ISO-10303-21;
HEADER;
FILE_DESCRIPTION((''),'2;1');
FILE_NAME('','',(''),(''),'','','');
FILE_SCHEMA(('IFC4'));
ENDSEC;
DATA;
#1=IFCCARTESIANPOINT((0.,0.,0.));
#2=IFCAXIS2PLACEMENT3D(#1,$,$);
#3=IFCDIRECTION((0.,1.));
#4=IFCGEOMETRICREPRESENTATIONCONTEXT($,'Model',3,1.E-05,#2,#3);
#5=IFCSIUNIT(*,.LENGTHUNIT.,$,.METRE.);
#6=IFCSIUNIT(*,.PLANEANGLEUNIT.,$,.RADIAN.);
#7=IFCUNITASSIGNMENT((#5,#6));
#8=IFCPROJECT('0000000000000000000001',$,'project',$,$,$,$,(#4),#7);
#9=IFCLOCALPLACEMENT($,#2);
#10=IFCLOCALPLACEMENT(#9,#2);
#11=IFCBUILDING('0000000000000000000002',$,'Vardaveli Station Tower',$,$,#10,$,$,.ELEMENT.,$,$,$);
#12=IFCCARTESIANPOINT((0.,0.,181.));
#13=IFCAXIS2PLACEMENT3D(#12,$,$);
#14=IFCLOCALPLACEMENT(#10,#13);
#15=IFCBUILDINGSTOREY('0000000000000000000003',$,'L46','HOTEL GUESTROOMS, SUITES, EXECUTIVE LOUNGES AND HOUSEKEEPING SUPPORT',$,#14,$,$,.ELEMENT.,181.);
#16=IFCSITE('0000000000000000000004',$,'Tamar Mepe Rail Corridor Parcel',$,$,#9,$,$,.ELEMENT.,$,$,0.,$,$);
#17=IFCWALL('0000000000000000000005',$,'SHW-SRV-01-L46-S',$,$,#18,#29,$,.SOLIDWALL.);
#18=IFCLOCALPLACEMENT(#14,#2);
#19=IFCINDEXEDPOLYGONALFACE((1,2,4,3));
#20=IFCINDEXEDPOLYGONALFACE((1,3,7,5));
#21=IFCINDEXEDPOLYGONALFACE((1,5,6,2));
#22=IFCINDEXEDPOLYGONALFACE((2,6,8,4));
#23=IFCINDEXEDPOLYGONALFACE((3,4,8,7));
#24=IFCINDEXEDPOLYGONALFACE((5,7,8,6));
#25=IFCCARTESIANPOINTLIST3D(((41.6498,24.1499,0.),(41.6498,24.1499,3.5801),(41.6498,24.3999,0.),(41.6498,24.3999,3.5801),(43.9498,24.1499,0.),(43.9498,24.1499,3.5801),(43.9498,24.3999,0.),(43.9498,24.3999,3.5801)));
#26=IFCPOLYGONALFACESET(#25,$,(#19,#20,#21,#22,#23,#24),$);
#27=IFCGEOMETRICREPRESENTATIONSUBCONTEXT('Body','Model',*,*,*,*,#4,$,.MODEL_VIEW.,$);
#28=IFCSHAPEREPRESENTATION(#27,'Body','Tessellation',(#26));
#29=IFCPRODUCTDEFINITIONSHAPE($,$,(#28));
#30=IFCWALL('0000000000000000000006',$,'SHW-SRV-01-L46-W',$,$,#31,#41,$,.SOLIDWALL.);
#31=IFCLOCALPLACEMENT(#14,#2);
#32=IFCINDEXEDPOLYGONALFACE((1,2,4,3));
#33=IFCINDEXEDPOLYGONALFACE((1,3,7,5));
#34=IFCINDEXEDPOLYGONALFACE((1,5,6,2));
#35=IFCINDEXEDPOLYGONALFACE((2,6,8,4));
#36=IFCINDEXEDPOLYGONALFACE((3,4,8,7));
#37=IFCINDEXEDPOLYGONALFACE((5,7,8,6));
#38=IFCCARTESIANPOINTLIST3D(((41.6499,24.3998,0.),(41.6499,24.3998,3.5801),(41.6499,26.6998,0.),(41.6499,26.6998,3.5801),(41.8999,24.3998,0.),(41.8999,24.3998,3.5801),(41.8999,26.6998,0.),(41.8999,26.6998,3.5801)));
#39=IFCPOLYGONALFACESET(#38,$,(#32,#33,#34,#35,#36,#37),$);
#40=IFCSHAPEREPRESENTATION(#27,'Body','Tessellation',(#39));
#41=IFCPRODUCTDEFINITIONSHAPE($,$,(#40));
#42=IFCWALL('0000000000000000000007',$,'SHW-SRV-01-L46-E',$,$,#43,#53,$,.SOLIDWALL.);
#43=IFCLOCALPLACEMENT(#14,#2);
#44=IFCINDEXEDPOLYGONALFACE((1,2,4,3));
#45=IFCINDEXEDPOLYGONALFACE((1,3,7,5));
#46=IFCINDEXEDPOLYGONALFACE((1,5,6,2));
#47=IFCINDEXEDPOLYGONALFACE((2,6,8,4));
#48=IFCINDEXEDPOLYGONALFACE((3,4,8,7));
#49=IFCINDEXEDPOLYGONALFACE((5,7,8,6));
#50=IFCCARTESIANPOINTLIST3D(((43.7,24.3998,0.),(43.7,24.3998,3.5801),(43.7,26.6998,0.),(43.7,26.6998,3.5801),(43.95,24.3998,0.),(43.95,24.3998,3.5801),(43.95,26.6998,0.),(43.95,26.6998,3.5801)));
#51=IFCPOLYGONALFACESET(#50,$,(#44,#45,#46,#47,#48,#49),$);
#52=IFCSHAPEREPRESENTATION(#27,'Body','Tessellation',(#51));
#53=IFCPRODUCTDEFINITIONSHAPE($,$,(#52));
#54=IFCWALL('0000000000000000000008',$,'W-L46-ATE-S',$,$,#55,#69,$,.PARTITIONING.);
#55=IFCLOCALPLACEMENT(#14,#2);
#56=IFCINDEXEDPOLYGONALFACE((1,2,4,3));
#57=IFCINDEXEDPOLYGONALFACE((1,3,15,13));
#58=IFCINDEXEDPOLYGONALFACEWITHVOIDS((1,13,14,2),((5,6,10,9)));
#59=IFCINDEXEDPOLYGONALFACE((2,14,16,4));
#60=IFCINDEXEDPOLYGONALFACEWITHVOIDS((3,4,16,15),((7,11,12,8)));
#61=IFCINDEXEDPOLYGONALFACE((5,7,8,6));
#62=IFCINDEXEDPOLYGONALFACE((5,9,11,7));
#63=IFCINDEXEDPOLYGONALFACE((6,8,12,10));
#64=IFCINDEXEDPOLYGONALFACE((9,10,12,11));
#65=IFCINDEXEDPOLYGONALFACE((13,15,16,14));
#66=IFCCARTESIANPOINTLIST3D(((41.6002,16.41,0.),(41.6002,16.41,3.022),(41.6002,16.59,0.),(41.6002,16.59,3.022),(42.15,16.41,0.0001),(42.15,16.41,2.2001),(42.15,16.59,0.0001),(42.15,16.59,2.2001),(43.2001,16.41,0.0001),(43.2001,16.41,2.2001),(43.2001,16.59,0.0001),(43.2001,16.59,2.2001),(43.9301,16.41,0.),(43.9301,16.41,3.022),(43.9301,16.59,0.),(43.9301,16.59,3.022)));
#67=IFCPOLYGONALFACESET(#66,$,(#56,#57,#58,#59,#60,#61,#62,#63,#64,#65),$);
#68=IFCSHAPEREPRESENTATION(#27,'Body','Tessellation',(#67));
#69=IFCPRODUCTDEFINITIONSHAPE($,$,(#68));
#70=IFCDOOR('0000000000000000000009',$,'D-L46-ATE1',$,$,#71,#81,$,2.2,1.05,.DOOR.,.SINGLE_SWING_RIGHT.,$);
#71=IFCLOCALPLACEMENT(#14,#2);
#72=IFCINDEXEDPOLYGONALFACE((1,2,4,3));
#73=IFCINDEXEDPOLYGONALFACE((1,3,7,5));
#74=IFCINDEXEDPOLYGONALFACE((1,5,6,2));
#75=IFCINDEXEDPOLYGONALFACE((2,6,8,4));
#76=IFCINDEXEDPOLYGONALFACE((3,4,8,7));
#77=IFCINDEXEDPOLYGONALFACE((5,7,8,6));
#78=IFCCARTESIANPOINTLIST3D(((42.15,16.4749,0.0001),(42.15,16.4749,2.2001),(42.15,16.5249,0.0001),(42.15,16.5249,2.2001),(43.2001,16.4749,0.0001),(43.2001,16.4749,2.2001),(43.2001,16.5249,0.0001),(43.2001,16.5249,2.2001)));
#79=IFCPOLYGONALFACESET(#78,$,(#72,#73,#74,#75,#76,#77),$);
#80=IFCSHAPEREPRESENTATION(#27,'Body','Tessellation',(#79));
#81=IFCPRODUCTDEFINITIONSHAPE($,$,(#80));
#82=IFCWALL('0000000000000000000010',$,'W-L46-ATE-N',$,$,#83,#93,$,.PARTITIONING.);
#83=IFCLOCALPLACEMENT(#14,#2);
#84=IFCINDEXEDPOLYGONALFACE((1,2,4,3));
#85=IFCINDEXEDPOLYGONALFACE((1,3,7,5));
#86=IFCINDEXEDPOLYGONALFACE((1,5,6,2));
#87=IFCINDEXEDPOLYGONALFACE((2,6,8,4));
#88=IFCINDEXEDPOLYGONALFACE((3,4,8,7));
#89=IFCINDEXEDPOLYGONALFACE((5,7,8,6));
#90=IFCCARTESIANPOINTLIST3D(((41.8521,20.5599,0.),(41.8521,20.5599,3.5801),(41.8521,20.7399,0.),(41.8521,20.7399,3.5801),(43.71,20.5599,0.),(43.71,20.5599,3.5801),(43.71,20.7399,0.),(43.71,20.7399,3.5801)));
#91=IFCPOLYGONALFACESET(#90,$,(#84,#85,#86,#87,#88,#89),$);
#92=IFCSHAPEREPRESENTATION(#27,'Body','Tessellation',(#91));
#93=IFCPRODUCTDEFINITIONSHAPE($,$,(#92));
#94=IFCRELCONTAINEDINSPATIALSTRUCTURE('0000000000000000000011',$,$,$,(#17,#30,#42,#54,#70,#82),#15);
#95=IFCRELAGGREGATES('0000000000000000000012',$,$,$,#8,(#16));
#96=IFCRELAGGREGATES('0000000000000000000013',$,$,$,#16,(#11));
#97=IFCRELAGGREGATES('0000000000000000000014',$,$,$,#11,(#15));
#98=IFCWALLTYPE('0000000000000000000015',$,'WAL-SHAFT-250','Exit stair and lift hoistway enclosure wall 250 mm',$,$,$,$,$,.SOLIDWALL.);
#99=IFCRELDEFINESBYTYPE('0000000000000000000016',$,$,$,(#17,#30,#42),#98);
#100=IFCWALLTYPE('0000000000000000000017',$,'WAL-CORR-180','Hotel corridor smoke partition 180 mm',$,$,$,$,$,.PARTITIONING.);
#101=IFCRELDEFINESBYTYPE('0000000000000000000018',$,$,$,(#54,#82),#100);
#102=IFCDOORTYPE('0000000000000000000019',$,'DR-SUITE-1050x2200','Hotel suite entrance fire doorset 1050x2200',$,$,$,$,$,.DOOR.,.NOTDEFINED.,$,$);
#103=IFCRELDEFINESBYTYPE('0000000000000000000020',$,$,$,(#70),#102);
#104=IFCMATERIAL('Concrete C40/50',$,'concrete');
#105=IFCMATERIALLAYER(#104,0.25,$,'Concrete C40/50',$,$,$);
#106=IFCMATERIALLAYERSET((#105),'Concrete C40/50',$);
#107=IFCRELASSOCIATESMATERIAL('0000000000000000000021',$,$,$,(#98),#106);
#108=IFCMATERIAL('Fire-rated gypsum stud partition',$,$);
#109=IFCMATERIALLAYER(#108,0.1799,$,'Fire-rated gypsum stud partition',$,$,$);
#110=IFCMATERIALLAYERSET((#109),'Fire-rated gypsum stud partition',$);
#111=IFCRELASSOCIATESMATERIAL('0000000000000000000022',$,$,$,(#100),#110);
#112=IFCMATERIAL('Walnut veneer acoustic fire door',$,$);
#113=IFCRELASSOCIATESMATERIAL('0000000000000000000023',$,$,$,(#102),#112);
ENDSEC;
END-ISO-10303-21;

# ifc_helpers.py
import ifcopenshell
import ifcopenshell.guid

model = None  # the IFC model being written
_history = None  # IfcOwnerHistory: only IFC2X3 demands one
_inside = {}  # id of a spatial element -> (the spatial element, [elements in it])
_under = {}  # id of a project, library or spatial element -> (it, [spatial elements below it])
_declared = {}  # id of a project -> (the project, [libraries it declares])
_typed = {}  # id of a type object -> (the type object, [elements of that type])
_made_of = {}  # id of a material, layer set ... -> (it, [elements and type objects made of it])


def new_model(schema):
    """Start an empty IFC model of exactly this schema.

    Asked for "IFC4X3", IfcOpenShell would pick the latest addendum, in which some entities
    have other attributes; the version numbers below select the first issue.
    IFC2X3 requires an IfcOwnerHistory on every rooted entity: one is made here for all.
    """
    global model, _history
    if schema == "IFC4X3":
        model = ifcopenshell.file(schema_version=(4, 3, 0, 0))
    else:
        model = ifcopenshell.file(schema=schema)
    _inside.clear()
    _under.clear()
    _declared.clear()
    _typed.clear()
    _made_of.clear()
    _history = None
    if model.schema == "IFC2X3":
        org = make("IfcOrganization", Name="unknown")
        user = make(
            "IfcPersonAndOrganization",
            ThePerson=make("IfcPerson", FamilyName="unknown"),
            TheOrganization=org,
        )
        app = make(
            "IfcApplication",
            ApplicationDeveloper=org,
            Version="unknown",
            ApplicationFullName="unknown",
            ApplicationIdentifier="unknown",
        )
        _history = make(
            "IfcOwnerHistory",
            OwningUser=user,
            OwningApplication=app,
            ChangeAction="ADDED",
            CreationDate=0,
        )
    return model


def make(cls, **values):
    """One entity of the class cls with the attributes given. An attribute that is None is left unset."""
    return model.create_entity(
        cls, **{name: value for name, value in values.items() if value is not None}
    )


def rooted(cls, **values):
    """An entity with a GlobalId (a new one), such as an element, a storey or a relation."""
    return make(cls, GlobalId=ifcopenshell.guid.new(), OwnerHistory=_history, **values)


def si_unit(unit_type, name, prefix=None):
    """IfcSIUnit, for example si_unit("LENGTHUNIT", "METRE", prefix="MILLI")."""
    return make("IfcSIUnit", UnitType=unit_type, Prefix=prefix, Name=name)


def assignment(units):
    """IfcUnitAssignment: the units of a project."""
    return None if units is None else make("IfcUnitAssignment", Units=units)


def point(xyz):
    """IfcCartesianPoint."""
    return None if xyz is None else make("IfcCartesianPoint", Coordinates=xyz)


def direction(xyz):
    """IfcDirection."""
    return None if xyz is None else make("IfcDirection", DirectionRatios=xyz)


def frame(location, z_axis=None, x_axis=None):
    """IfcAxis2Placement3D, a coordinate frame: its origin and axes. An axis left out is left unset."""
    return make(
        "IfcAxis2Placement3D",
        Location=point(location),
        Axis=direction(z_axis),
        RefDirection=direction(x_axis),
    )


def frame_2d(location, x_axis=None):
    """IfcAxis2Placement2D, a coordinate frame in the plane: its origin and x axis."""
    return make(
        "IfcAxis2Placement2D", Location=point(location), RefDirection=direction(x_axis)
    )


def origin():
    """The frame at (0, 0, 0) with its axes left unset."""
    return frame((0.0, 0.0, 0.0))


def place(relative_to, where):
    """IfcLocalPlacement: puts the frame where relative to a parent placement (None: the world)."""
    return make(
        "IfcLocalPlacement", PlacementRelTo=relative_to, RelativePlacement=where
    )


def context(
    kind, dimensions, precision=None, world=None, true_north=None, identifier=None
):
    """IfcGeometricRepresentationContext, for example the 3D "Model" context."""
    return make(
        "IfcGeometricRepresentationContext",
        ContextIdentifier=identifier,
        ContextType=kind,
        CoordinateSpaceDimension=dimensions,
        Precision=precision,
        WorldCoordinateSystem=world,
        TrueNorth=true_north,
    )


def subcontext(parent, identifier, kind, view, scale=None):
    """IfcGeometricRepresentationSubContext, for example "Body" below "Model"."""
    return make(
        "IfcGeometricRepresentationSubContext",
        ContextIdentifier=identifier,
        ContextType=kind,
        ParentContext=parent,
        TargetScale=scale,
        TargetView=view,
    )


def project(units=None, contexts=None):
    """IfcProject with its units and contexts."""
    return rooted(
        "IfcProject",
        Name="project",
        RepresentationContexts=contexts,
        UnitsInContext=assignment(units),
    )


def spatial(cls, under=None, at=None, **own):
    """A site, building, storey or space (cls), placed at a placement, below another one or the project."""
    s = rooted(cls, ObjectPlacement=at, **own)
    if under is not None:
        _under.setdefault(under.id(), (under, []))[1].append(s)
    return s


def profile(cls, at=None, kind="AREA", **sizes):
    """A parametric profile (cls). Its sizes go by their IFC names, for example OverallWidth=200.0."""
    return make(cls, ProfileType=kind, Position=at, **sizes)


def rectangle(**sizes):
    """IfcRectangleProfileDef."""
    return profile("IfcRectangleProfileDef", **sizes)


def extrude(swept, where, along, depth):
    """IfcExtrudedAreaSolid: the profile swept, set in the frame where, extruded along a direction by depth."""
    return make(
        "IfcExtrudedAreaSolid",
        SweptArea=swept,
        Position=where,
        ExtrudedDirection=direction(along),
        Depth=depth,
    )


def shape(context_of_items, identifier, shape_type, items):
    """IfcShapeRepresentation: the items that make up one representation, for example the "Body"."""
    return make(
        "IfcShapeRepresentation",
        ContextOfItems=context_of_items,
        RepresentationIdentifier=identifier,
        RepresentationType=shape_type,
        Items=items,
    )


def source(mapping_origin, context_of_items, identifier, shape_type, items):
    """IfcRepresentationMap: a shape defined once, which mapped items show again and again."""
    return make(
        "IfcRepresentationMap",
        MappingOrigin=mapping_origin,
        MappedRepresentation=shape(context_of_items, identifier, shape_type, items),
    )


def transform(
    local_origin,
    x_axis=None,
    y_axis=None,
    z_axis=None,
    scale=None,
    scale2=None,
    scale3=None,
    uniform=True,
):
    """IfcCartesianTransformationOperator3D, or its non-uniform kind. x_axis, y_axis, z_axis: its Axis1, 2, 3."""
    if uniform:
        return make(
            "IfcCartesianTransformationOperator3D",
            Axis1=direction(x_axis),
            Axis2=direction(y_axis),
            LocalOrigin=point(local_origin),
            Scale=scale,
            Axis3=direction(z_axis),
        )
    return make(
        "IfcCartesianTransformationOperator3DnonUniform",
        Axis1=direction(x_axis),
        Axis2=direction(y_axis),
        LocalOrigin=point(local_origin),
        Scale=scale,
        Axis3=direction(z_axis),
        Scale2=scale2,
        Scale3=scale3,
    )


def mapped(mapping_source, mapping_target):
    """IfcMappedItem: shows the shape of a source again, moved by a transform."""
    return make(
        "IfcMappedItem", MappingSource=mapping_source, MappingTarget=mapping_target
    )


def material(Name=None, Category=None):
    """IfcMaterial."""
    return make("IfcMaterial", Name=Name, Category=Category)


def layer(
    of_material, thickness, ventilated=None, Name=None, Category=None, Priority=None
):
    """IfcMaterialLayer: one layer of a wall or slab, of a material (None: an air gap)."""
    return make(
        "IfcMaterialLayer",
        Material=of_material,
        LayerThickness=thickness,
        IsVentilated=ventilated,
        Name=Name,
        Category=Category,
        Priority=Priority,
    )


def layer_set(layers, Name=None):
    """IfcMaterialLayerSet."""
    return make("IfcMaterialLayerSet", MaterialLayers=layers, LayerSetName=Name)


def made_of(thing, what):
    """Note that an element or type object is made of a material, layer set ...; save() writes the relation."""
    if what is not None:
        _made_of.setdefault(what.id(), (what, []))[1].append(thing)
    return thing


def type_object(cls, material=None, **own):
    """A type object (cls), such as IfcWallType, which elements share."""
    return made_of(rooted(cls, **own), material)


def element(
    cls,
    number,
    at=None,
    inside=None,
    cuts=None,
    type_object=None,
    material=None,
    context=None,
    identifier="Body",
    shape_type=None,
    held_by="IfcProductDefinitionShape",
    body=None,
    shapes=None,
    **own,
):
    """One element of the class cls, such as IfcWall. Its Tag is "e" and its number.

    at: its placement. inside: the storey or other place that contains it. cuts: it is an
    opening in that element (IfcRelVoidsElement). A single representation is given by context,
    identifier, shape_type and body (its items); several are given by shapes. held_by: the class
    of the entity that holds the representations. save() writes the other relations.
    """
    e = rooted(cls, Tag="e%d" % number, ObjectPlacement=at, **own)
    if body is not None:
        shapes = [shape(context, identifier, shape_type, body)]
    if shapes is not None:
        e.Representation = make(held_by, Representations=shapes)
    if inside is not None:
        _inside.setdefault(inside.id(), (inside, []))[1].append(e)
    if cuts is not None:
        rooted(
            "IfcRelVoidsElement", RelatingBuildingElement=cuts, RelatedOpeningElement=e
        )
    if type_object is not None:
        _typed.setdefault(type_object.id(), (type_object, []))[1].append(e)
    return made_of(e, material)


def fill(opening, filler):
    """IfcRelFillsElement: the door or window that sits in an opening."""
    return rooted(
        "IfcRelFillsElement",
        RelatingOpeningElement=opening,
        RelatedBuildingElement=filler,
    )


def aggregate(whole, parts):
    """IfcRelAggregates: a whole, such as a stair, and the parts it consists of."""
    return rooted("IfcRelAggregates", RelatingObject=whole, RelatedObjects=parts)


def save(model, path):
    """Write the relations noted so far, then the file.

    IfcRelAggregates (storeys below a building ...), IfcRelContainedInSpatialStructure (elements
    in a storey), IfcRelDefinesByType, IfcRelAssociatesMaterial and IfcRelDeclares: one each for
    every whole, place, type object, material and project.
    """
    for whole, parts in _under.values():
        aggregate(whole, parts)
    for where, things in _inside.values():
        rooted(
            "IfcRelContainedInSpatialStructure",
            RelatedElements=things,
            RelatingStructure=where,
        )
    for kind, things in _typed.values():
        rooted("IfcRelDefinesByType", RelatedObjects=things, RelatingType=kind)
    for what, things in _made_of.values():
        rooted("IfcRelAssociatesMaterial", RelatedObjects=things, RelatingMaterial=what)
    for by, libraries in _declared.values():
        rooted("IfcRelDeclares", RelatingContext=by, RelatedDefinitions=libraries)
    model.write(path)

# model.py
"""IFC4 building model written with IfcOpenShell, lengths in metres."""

from ifc_helpers import new_model, si_unit, direction, frame, frame_2d, origin, place, context, subcontext, project, spatial, rectangle, extrude, source, transform, mapped, material, layer, layer_set, type_object, element, fill, save


model = new_model("IFC4")

# Units and contexts
model_context = context("Model", 3, precision=1e-05, world=origin(), true_north=direction((0.0, 1.0)))
body_context = subcontext(model_context, "Body", "Model", "MODEL_VIEW")
ifc_project = project(units=[si_unit("LENGTHUNIT", "METRE"), si_unit("PLANEANGLEUNIT", "RADIAN")], contexts=[model_context])

# Site, building, storey
site_placement = place(None, origin())
site = spatial("IfcSite", under=ifc_project, at=site_placement, Name="Tamar Mepe Rail Corridor Parcel", CompositionType="ELEMENT", RefElevation=0.0)
building_placement = place(site_placement, origin())
building = spatial("IfcBuilding", under=site, at=building_placement, Name="Vardaveli Station Tower", CompositionType="ELEMENT")
storey_placement = place(building_placement, frame((0.0, 0.0, 181.0)))
storey = spatial("IfcBuildingStorey", under=building, at=storey_placement, Name="L46", Description="HOTEL GUESTROOMS, SUITES, EXECUTIVE LOUNGES AND HOUSEKEEPING SUPPORT", CompositionType="ELEMENT", Elevation=181.0)

# Walls
ifc_material_1 = material(Name="Concrete C40/50", Category="concrete")
ifc_layer_1 = layer(ifc_material_1, 0.25, Name="Concrete C40/50")
ifc_layer_set_1 = layer_set([ifc_layer_1], Name="Concrete C40/50")
wall_type_1 = type_object("IfcWallType", Name="WAL-SHAFT-250", Description="Exit stair and lift hoistway enclosure wall 250 mm", PredefinedType="SOLIDWALL", material=ifc_layer_set_1)
shared_shape_1 = source(origin(), body_context, "Body", "SweptSolid", [
    extrude(rectangle(XDim=2.3, YDim=0.25, at=frame_2d((1.1499, 0.0))), origin(), (0.0, 0.0, 1.0), 3.5801),
])
for number, where, z_axis, x_axis, name in (
    (1, (41.6499, 24.2749, 0.0), (0.0, 0.0, 1.0), (1.0, 0.0, 0.0), "SHW-SRV-01-L46-S"),
    (2, (41.7749, 24.3999, 0.0), (0.0, 0.0, 1.0), (0.0, 1.0, 0.0), "SHW-SRV-01-L46-W"),
    (3, (43.825, 24.3999, 0.0), (0.0, 0.0, 1.0), (0.0, 1.0, 0.0), "SHW-SRV-01-L46-E"),
):
    element("IfcWall", number, at=place(storey_placement, frame(where, z_axis=z_axis, x_axis=x_axis)), inside=storey, type_object=wall_type_1, Name=name, PredefinedType="SOLIDWALL", context=body_context, shape_type="MappedRepresentation", body=[
        mapped(shared_shape_1, transform((0.0, 0.0, 0.0), scale=1.0)),
    ])

# Wall, opening, door
ifc_material_2 = material(Name="Fire-rated gypsum stud partition")
ifc_layer_2 = layer(ifc_material_2, 0.1799, Name="Fire-rated gypsum stud partition")
ifc_layer_set_2 = layer_set([ifc_layer_2], Name="Fire-rated gypsum stud partition")
wall_type_2 = type_object("IfcWallType", Name="WAL-CORR-180", Description="Hotel corridor smoke partition 180 mm", PredefinedType="PARTITIONING", material=ifc_layer_set_2)
shared_shape_2 = source(origin(), body_context, "Body", "SweptSolid", [
    extrude(rectangle(XDim=2.3298, YDim=0.1799, at=frame_2d((1.165, 0.0))), origin(), (0.0, 0.0, 1.0), 3.022),
])
wall_1_placement = place(storey_placement, frame((41.6001, 16.5, 0.0), z_axis=(0.0, 0.0, 1.0), x_axis=(1.0, 0.0, 0.0)))
wall_1 = element("IfcWall", 4, at=wall_1_placement, inside=storey, type_object=wall_type_2, Name="W-L46-ATE-S", PredefinedType="PARTITIONING", context=body_context, shape_type="MappedRepresentation", body=[
    mapped(shared_shape_2, transform((0.0, 0.0, 0.0), scale=1.0)),
])
shared_shape_3 = source(origin(), body_context, "Body", "SweptSolid", [
    extrude(rectangle(XDim=1.05, YDim=2.2, at=frame_2d((0.5249, 1.1001))), frame((0.0, 0.1001, 0.0), z_axis=(0.0, -1.0, 0.0), x_axis=(1.0, 0.0, 0.0)), (0.0, 0.0, 1.0), 0.2),
])
opening_placement = place(wall_1_placement, frame((0.55, 0.0, 0.0)))
opening = element("IfcOpeningElement", 5, at=opening_placement, cuts=wall_1, PredefinedType="OPENING", context=body_context, shape_type="MappedRepresentation", body=[
    mapped(shared_shape_3, transform((0.0, 0.0, 0.0), scale=1.0)),
])
ifc_material_3 = material(Name="Walnut veneer acoustic fire door")
door_type = type_object("IfcDoorType", Name="DR-SUITE-1050x2200", Description="Hotel suite entrance fire doorset 1050x2200", OperationType="NOTDEFINED", PredefinedType="DOOR", material=ifc_material_3)
shared_shape_4 = source(origin(), body_context, "Body", "SweptSolid", [
    extrude(rectangle(XDim=1.05, YDim=2.2, at=frame_2d((0.5249, 1.1001))), frame((0.0, 0.0249, 0.0), z_axis=(0.0, -1.0, 0.0), x_axis=(1.0, 0.0, 0.0)), (0.0, 0.0, 1.0), 0.05),
])
door_placement = place(opening_placement, origin())
door = element("IfcDoor", 6, at=door_placement, inside=storey, type_object=door_type, Name="D-L46-ATE1", OperationType="SINGLE_SWING_RIGHT", OverallHeight=2.2, OverallWidth=1.05, PredefinedType="DOOR", context=body_context, shape_type="MappedRepresentation", body=[
    mapped(shared_shape_4, transform((0.0, 0.0, 0.0), scale=1.0)),
])
fill(opening, door)

# Wall
shared_shape_5 = source(origin(), body_context, "Body", "SweptSolid", [
    extrude(rectangle(XDim=1.8579, YDim=0.1799, at=frame_2d((0.929, 0.0))), origin(), (0.0, 0.0, 1.0), 3.5801),
])
wall_2_placement = place(storey_placement, frame((41.8521, 20.6499, 0.0), z_axis=(0.0, 0.0, 1.0), x_axis=(1.0, 0.0, 0.0)))
element("IfcWall", 7, at=wall_2_placement, inside=storey, type_object=wall_type_2, Name="W-L46-ATE-N", PredefinedType="PARTITIONING", context=body_context, shape_type="MappedRepresentation", body=[
    mapped(shared_shape_5, transform((0.0, 0.0, 0.0), scale=1.0)),
])

save(model, "model.ifc")
